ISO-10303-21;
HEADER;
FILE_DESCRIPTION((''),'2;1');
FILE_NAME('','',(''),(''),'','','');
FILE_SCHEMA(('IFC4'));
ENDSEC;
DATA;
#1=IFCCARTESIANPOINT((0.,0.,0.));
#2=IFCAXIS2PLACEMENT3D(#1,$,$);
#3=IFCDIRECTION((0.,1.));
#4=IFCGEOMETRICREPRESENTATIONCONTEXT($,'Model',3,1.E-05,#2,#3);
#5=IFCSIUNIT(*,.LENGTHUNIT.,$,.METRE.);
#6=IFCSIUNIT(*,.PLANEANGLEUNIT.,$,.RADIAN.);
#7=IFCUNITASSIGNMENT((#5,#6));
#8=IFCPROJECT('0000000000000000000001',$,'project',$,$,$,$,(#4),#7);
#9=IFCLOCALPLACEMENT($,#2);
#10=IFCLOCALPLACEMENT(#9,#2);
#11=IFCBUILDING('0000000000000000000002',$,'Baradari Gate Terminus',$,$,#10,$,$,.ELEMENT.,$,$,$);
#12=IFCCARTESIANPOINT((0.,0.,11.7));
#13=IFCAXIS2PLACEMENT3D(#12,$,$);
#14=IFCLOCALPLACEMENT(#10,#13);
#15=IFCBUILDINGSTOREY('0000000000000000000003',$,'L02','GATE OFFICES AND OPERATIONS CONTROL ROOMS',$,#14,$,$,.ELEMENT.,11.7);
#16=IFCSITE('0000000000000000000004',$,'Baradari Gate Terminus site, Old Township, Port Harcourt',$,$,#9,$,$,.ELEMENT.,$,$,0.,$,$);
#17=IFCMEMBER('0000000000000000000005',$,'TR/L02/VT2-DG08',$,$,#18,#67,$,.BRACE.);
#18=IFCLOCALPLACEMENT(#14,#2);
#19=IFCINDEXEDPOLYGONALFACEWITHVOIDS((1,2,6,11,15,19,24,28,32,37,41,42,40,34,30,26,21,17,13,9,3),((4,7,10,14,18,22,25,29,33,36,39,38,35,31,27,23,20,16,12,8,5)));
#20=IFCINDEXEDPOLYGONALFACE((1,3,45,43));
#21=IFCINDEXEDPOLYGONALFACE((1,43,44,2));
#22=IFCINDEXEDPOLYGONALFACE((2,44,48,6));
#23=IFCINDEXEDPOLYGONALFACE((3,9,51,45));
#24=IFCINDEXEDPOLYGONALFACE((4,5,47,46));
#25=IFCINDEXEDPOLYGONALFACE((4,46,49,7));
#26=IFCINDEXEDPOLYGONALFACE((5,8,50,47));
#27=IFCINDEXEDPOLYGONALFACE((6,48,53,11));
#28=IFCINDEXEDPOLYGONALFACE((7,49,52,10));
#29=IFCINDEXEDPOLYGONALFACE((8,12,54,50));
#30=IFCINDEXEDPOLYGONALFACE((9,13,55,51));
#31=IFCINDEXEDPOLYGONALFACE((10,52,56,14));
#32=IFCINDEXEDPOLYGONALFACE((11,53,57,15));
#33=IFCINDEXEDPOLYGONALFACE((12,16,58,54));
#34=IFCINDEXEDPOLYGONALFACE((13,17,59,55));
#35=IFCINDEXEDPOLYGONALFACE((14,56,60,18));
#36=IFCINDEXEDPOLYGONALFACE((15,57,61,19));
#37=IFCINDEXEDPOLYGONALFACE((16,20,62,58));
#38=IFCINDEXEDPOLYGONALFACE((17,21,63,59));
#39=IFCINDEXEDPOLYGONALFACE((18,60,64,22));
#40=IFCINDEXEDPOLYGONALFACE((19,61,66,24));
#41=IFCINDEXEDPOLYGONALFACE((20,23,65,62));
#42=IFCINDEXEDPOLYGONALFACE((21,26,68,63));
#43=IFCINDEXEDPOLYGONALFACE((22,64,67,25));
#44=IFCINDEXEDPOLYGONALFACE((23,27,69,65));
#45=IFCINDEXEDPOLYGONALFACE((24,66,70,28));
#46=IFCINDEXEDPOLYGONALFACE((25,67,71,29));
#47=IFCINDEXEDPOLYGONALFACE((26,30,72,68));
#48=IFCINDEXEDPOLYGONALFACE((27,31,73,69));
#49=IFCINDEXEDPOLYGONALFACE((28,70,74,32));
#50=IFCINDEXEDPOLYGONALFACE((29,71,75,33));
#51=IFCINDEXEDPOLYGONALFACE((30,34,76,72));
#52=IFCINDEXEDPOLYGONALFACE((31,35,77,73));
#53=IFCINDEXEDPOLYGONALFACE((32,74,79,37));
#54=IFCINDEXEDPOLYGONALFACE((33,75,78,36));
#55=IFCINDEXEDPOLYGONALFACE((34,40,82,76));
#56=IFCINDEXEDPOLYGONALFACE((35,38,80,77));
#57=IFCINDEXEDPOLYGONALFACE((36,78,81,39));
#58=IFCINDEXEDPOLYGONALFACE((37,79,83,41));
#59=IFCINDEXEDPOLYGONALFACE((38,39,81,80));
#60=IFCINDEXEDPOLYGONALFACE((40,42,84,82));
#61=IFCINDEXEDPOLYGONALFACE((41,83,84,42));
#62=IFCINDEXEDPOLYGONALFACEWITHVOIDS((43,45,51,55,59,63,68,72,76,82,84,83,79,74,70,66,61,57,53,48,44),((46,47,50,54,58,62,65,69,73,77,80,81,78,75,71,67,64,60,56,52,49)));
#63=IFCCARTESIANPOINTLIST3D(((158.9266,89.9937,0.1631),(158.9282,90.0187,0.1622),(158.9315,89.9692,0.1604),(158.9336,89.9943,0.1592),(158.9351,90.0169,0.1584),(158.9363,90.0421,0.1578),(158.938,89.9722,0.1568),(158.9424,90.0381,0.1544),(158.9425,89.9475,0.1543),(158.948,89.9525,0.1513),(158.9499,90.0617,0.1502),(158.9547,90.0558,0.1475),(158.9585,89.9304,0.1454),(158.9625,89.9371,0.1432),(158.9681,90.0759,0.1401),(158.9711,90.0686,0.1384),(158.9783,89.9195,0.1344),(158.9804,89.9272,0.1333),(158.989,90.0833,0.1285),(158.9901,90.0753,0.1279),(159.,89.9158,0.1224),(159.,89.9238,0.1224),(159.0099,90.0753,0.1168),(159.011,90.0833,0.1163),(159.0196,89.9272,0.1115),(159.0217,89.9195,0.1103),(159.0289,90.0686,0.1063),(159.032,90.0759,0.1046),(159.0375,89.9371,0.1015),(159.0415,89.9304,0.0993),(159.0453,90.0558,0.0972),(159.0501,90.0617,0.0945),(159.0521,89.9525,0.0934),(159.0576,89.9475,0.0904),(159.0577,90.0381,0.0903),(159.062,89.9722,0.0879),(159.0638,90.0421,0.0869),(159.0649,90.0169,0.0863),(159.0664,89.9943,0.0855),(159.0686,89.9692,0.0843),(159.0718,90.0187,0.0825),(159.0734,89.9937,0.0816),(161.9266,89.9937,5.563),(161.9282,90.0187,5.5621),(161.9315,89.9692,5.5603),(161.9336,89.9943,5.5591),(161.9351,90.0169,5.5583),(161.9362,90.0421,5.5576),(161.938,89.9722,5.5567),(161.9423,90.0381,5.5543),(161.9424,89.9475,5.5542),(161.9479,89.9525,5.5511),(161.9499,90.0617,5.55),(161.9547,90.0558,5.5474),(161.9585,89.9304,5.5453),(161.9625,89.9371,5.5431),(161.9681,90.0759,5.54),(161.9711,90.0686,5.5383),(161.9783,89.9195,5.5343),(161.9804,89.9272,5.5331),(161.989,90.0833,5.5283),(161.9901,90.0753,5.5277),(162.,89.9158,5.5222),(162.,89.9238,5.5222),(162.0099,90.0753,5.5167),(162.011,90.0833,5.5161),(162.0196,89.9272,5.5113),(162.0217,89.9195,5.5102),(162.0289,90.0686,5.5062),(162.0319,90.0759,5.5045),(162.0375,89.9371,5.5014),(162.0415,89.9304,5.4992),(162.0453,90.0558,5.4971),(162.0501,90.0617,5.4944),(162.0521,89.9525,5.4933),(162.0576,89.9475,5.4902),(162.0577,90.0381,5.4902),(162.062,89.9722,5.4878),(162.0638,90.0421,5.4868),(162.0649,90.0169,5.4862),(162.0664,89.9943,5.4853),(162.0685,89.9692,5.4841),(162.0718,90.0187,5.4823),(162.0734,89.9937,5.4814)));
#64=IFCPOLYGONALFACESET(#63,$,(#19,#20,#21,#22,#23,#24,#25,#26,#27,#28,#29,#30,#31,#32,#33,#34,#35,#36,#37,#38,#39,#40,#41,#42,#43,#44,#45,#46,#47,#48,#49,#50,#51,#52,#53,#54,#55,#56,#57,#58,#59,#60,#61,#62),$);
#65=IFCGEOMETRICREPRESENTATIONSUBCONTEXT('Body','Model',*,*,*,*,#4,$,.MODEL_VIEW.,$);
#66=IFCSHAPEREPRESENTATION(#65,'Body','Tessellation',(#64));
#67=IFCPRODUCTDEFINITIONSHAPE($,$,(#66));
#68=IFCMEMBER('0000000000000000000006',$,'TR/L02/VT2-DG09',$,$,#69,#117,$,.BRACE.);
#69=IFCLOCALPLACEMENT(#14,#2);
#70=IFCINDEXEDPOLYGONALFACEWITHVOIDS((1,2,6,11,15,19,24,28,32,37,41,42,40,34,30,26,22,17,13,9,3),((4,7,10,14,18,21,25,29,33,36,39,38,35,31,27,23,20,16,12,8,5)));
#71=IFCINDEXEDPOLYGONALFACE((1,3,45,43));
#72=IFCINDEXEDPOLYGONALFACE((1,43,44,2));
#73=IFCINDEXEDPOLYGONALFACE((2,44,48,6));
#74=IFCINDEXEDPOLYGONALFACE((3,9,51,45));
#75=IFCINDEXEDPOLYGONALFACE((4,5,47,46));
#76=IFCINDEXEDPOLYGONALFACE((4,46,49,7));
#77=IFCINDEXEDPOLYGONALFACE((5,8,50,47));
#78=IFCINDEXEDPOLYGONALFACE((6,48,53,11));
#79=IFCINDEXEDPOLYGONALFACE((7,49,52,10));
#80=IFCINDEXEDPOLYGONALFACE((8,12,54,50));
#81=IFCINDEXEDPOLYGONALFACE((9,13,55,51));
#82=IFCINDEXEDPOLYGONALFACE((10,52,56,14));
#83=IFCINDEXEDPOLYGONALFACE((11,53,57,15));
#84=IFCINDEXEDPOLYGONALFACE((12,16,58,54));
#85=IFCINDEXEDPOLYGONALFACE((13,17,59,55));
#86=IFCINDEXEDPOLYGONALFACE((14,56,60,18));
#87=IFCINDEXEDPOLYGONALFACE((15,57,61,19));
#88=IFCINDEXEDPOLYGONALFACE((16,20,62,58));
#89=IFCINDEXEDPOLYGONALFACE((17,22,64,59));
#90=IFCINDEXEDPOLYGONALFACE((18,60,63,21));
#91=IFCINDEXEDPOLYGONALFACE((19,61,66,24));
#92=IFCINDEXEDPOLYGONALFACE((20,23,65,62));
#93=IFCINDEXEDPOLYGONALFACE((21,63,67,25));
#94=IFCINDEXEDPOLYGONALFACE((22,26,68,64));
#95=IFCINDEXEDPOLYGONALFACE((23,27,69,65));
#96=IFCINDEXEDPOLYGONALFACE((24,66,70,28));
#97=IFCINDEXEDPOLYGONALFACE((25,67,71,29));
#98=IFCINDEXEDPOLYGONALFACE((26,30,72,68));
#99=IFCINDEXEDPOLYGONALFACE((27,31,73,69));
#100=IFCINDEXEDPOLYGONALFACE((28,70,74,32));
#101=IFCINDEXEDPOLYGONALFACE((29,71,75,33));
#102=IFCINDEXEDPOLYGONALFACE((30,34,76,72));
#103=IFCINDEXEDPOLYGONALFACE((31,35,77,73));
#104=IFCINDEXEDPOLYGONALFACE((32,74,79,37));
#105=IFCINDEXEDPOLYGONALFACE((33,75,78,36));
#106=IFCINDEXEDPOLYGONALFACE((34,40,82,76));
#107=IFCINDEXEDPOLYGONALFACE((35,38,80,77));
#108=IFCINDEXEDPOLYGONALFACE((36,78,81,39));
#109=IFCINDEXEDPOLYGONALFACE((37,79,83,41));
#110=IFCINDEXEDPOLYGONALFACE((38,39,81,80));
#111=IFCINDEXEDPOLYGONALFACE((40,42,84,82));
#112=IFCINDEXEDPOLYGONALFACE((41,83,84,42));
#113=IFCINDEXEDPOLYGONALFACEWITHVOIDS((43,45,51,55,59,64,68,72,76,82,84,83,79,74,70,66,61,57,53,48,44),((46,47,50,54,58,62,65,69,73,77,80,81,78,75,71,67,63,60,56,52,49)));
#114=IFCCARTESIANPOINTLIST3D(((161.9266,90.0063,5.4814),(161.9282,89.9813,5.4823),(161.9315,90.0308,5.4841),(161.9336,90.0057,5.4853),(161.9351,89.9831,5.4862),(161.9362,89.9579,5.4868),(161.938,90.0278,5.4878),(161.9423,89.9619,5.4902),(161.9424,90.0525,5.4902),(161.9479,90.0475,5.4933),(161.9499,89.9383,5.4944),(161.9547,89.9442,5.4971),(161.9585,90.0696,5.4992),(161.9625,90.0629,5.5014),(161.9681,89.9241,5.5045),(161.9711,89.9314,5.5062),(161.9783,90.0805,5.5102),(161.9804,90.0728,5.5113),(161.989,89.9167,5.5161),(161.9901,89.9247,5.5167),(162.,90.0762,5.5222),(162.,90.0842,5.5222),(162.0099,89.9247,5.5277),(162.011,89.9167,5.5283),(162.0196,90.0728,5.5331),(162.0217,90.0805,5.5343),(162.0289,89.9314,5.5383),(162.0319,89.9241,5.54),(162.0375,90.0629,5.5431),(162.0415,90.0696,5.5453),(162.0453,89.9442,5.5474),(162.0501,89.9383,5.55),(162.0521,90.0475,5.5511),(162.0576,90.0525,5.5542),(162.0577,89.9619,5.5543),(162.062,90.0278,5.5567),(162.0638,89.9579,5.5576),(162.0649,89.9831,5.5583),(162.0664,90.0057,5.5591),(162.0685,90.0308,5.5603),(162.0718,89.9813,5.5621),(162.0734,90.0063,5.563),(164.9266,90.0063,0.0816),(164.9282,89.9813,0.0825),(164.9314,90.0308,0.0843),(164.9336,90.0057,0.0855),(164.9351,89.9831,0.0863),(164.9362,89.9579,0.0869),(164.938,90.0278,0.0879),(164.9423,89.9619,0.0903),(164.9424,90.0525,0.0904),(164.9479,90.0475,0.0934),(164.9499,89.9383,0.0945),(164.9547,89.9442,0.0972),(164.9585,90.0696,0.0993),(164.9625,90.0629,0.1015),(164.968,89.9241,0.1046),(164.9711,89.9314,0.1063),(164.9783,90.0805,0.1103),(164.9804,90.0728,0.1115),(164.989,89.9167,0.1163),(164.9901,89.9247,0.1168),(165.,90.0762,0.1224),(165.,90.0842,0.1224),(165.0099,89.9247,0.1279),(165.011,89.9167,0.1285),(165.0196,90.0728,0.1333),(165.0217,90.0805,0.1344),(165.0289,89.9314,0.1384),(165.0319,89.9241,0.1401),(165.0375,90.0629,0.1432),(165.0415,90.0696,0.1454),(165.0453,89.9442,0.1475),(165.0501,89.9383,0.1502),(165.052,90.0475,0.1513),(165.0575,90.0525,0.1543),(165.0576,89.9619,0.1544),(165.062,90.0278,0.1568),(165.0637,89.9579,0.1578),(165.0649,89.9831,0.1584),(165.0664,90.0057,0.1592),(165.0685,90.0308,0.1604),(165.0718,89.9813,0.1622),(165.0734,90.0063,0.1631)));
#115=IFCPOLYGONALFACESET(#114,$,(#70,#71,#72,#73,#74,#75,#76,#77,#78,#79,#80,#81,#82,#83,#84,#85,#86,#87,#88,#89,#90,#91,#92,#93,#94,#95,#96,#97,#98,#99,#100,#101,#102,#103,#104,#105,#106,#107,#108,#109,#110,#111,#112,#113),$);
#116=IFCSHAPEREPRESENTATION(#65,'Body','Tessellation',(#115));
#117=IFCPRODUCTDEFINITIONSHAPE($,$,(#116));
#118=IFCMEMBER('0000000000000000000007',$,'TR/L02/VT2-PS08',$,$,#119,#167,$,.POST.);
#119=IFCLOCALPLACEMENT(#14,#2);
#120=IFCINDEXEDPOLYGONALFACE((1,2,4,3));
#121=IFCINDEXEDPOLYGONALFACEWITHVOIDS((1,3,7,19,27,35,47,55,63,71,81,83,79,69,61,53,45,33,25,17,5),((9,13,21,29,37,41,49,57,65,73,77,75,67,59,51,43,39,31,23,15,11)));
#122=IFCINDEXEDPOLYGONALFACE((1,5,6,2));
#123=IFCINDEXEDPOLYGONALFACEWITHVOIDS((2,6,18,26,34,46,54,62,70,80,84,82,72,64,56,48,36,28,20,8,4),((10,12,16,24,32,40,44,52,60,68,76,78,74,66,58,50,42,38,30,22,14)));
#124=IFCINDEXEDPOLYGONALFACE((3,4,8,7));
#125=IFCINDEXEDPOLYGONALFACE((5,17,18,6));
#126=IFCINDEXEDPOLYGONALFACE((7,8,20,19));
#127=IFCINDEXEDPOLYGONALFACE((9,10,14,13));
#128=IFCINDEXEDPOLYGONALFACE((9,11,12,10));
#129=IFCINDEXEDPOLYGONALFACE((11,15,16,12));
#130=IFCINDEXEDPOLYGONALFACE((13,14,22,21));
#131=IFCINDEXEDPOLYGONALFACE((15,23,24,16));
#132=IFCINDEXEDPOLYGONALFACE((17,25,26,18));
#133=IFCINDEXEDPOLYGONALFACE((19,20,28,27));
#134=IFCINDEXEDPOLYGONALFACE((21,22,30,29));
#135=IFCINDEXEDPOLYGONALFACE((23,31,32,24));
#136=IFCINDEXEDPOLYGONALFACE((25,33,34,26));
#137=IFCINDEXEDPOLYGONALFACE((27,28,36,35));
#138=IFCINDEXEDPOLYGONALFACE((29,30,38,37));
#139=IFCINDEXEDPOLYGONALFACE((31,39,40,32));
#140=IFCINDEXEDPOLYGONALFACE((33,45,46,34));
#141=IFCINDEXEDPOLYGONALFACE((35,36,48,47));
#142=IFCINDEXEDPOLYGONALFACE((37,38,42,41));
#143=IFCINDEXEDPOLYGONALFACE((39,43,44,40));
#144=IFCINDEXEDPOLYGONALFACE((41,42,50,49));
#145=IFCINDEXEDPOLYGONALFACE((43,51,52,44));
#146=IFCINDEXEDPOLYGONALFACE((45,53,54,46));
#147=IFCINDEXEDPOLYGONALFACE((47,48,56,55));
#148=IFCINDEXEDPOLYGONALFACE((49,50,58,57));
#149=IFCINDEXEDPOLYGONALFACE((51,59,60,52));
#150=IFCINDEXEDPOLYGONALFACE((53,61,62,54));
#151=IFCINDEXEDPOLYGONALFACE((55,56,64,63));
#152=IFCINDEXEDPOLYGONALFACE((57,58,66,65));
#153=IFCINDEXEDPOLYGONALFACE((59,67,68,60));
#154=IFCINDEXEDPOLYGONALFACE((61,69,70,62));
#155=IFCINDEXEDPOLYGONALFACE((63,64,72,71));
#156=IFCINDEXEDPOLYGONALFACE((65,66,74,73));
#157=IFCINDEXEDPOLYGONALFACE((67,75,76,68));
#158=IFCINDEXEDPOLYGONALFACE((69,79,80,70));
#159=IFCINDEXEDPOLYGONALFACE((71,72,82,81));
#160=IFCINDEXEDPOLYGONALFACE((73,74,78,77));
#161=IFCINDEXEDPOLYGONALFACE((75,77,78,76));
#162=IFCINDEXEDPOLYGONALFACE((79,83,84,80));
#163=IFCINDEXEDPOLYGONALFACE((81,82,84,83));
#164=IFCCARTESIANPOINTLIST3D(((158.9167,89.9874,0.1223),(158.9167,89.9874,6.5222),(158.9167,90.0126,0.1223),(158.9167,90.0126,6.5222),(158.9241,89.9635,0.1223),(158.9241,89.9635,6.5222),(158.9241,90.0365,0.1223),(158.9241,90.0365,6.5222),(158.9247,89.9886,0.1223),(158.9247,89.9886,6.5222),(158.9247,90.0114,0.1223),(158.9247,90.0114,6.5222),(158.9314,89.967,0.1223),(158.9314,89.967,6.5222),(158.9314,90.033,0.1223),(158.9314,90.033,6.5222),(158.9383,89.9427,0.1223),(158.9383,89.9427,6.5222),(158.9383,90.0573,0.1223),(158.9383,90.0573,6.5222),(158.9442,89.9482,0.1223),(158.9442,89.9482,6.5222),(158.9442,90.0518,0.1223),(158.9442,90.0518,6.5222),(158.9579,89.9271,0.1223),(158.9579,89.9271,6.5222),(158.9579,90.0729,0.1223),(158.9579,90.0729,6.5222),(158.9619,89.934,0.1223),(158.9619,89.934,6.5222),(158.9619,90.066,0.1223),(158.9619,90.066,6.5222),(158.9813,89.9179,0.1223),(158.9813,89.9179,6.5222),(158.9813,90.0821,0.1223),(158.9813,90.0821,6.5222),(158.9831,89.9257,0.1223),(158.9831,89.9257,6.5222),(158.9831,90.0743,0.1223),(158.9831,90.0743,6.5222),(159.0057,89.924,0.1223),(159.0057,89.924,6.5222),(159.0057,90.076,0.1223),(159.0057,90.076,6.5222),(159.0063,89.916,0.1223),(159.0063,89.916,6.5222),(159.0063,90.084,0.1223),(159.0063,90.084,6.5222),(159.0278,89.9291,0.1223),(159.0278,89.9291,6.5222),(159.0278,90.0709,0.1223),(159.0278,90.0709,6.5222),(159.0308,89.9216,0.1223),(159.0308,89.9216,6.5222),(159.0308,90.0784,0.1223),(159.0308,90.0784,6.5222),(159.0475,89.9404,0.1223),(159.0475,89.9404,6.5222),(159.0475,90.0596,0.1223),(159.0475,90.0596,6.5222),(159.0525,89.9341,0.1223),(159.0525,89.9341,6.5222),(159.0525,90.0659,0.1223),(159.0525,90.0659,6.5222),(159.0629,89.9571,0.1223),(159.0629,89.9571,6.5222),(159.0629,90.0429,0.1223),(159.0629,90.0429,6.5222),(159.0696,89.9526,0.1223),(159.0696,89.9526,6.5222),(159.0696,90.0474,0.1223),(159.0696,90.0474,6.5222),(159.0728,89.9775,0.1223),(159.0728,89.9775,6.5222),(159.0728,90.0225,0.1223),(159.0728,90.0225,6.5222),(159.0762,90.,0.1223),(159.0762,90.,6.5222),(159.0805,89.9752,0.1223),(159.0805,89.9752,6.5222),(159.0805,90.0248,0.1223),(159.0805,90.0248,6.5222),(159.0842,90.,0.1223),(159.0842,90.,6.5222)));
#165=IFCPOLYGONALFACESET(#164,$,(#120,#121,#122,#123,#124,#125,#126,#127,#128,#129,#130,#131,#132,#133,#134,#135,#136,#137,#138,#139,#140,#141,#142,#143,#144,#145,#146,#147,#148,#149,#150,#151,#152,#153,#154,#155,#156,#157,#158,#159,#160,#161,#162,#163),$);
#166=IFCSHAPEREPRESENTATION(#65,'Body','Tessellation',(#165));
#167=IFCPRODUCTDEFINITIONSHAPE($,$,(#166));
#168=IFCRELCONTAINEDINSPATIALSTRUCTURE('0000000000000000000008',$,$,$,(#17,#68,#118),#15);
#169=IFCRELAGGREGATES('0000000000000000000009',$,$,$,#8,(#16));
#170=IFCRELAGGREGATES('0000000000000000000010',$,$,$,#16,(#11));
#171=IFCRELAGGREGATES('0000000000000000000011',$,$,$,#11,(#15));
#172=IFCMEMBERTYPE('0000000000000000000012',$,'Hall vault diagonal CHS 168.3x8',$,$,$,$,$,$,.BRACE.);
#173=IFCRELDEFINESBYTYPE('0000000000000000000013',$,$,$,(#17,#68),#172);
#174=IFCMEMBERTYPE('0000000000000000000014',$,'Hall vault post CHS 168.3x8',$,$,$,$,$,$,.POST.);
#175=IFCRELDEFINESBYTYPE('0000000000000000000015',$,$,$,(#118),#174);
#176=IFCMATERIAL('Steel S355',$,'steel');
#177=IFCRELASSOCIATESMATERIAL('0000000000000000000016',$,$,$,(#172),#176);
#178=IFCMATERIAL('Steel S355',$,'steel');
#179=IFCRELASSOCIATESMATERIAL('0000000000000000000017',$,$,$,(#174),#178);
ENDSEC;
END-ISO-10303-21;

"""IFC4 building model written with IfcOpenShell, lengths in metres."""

from ifc_helpers import new_model, si_unit, direction, frame, origin, origin_2d, place, context, subcontext, project, spatial, hollow_circle, extrude, material, material_profile, profile_set, type_object, element, save


model = new_model("IFC4")

# Units and contexts
model_context = context("Model", 3, precision=1e-05, world=origin(), true_north=direction((0.0, 1.0)))
body_context = subcontext(model_context, "Body", "Model", "MODEL_VIEW")
ifc_project = project(units=[si_unit("LENGTHUNIT", "METRE"), si_unit("PLANEANGLEUNIT", "RADIAN")], contexts=[model_context])

# Site, building, storey
site_placement = place(None, origin())
site = spatial("IfcSite", under=ifc_project, at=site_placement, Name="Baradari Gate Terminus site, Old Township, Port Harcourt", CompositionType="ELEMENT", RefElevation=0.0)
building_placement = place(site_placement, origin())
building = spatial("IfcBuilding", under=site, at=building_placement, Name="Baradari Gate Terminus", CompositionType="ELEMENT")
storey_placement = place(building_placement, frame((0.0, 0.0, 11.7)))
storey = spatial("IfcBuildingStorey", under=building, at=storey_placement, Name="L02", Description="GATE OFFICES AND OPERATIONS CONTROL ROOMS", CompositionType="ELEMENT", Elevation=11.7)

# Members
ifc_material_1 = material(Name="Steel S355", Category="steel")
ifc_material_profile_1 = material_profile(ifc_material_1, hollow_circle(Radius=0.0842, WallThickness=0.0081, at=origin_2d()), Name="CHS 168.3x8")
ifc_profile_set_1 = profile_set([ifc_material_profile_1], Name="Steel S355")
member_type_1 = type_object("IfcMemberType", Name="Hall vault diagonal CHS 168.3x8", PredefinedType="BRACE", material=ifc_profile_set_1)
for number, where, z_axis, x_axis, name in (
    (1, (162.0, 90.0, 5.5222), (-0.48565, 0.0, -0.874154), (0.0, -1.0, 0.0), "TR/L02/VT2-DG08"),
    (2, (162.0, 90.0, 5.5222), (0.48565, 0.0, -0.874154), (0.0, 1.0, 0.0), "TR/L02/VT2-DG09"),
):
    element("IfcMember", number, at=place(storey_placement, frame(where, z_axis=z_axis, x_axis=x_axis)), inside=storey, type_object=member_type_1, Name=name, PredefinedType="BRACE", context=body_context, shape_type="SweptSolid", body=[
        extrude(hollow_circle(Radius=0.0842, WallThickness=0.0081, at=origin_2d()), origin(), (0.0, 0.0, 1.0), 6.1772),
    ])
ifc_material_2 = material(Name="Steel S355", Category="steel")
ifc_material_profile_2 = material_profile(ifc_material_2, hollow_circle(Radius=0.0842, WallThickness=0.0081, at=origin_2d()), Name="CHS 168.3x8")
ifc_profile_set_2 = profile_set([ifc_material_profile_2], Name="Steel S355")
member_type_2 = type_object("IfcMemberType", Name="Hall vault post CHS 168.3x8", PredefinedType="POST", material=ifc_profile_set_2)
member_1_placement = place(storey_placement, frame((159.0, 90.0, 0.1223), z_axis=(0.0, 0.0, 1.0), x_axis=(1.0, 0.0, 0.0)))
element("IfcMember", 3, at=member_1_placement, inside=storey, type_object=member_type_2, Name="TR/L02/VT2-PS08", PredefinedType="POST", context=body_context, shape_type="SweptSolid", body=[
    extrude(hollow_circle(Radius=0.0842, WallThickness=0.0081, at=origin_2d()), origin(), (0.0, 0.0, 1.0), 6.3999),
])

save(model, "model.ifc")
